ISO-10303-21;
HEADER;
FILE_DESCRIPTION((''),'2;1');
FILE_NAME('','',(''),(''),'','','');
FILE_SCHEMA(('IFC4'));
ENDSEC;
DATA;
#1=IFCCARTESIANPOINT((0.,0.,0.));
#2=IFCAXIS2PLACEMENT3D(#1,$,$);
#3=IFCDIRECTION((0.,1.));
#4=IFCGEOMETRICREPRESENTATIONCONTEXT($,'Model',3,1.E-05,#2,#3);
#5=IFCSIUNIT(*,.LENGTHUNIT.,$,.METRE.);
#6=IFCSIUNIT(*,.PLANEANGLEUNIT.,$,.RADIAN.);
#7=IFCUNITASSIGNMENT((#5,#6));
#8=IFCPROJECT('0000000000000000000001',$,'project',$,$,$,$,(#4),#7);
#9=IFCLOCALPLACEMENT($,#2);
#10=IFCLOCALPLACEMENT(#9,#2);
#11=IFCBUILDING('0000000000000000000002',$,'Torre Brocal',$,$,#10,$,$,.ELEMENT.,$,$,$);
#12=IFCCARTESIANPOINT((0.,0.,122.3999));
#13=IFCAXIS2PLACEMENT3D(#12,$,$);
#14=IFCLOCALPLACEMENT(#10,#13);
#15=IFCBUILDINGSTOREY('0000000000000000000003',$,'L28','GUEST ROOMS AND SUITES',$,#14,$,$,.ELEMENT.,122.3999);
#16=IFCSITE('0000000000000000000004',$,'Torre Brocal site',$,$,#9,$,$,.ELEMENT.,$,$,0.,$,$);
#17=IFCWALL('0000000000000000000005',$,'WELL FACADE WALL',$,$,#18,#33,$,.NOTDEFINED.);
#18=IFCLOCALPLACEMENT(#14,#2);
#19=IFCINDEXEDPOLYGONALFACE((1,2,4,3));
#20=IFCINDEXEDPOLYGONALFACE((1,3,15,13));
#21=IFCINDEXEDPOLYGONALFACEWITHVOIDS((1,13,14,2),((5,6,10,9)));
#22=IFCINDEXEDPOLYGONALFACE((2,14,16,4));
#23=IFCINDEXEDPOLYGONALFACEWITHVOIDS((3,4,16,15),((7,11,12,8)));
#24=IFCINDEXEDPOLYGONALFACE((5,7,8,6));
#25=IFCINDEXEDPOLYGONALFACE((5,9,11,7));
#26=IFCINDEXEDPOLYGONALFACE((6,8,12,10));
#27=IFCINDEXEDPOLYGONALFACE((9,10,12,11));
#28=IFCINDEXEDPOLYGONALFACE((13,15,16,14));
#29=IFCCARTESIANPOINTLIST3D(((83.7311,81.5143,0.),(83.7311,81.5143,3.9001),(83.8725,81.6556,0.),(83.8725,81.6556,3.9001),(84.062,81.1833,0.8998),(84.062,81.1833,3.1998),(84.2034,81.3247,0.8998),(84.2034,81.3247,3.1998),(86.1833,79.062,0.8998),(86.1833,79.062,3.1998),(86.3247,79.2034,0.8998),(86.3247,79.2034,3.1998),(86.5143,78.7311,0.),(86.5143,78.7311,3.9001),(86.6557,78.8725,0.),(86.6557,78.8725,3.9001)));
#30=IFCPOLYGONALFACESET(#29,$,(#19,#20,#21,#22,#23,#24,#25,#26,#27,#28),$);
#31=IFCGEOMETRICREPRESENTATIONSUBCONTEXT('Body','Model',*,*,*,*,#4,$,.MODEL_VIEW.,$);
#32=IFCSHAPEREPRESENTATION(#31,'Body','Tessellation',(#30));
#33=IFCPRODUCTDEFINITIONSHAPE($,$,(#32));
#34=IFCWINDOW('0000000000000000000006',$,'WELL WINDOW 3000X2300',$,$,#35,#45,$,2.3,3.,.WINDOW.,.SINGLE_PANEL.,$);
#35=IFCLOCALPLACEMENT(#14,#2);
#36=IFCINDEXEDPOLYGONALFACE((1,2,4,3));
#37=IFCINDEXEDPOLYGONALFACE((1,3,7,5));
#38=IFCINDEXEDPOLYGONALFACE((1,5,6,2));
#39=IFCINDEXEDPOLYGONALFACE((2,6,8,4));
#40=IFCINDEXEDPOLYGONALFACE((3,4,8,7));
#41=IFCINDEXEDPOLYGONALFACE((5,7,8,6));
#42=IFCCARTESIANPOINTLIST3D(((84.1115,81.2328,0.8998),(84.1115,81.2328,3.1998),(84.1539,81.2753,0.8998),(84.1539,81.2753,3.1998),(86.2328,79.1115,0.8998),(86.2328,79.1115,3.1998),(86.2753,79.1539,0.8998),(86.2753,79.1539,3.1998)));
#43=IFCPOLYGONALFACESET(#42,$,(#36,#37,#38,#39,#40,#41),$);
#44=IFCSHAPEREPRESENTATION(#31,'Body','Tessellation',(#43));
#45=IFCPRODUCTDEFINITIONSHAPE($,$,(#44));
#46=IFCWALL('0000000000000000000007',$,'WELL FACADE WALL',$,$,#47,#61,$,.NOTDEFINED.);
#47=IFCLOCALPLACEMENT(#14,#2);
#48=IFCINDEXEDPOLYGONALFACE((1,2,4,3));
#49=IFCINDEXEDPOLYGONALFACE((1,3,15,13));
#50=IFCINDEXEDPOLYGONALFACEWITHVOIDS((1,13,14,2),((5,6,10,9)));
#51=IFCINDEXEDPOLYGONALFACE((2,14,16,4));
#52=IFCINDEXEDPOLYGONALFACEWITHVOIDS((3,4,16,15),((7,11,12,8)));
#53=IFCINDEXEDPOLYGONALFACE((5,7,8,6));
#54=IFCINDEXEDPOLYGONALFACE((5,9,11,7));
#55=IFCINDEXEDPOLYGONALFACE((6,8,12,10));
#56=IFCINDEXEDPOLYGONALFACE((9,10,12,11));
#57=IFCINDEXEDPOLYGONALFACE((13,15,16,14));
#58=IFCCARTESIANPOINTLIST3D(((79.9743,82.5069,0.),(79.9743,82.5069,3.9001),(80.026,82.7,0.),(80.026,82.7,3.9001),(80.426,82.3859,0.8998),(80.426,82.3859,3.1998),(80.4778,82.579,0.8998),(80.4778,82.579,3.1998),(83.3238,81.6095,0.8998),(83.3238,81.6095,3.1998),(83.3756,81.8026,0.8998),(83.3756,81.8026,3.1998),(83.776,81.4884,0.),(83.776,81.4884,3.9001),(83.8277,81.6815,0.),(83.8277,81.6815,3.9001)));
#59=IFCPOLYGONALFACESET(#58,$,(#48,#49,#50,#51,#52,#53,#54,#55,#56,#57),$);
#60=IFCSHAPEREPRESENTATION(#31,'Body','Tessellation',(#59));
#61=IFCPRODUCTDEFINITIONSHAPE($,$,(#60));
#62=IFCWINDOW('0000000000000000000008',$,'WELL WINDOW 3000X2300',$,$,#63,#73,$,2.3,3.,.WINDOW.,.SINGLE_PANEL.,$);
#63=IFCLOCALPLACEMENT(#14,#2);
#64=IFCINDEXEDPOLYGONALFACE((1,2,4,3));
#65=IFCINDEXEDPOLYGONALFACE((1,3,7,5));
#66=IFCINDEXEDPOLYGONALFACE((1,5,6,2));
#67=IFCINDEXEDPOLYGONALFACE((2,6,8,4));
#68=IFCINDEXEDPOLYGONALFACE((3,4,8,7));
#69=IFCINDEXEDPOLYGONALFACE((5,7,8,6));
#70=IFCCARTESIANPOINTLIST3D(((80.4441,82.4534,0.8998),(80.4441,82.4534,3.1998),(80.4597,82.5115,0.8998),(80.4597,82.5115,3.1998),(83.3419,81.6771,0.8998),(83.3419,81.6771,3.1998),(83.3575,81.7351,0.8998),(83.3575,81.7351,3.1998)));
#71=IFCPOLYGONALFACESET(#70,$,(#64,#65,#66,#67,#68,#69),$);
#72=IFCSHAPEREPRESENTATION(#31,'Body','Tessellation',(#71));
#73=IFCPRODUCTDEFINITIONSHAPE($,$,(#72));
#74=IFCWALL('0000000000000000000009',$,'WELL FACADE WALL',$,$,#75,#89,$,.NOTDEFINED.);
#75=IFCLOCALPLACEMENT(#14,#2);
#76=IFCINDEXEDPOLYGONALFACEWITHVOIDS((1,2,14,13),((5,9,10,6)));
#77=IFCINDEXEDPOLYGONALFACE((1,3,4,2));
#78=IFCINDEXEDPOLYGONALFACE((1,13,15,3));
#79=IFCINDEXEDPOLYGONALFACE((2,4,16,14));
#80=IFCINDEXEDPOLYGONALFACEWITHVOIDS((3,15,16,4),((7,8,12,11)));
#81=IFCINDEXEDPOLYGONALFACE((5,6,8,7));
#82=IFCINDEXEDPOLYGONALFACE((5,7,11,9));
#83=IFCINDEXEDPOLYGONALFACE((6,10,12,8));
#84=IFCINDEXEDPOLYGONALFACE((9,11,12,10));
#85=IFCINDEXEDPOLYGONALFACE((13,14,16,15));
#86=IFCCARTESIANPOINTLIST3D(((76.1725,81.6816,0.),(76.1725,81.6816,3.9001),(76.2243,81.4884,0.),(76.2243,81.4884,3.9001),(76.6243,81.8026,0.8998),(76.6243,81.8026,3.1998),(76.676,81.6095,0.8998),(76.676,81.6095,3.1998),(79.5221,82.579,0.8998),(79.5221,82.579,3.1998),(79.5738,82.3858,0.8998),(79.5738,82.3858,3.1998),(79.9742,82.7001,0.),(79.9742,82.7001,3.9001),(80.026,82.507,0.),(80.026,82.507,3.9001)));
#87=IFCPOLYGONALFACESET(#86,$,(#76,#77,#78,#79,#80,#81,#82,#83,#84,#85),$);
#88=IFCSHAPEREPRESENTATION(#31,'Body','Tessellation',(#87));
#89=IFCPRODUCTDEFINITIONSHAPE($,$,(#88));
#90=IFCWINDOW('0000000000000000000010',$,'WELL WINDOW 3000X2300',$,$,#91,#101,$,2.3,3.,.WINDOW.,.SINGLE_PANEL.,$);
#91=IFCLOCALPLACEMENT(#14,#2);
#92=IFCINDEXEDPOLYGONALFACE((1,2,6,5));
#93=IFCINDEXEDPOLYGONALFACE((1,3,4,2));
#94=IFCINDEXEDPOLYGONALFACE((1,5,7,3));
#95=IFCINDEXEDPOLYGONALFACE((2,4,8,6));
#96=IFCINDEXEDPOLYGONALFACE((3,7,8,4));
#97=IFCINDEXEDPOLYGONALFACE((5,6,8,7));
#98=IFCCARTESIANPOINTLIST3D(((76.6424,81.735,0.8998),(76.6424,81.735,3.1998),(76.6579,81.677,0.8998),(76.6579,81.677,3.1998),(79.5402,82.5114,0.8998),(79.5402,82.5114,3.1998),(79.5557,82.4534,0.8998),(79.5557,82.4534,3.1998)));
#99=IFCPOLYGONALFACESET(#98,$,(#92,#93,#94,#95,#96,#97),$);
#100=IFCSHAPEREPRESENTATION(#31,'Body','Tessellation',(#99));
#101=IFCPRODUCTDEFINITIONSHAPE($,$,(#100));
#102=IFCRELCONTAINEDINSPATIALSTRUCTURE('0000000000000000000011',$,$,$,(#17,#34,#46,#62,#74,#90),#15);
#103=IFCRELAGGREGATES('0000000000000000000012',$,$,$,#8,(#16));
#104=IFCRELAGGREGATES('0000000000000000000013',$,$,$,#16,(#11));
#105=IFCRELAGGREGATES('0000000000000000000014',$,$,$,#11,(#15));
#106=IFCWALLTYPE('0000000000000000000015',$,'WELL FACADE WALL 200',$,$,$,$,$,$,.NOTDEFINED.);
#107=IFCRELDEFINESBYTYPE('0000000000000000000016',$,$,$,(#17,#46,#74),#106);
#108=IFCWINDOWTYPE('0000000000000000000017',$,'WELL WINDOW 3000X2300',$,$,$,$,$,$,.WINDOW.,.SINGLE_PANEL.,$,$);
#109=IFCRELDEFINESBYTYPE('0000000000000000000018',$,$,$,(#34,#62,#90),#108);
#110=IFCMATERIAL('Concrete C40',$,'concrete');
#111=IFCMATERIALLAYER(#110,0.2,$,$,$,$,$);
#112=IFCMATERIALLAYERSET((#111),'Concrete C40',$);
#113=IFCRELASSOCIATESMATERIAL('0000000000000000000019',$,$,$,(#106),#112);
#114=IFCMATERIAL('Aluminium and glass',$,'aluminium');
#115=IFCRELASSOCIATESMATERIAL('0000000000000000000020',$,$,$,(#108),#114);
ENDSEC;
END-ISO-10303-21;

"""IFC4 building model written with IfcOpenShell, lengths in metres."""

from ifc_helpers import new_model, si_unit, direction, frame, frame_2d, origin, place, context, subcontext, project, spatial, rectangle, extrude, material, layer, layer_set, type_object, element, fill, save


model = new_model("IFC4")

# Units and contexts
model_context = context("Model", 3, precision=1e-05, world=origin(), true_north=direction((0.0, 1.0)))
body_context = subcontext(model_context, "Body", "Model", "MODEL_VIEW")
ifc_project = project(units=[si_unit("LENGTHUNIT", "METRE"), si_unit("PLANEANGLEUNIT", "RADIAN")], contexts=[model_context])

# Site, building, storey
site_placement = place(None, origin())
site = spatial("IfcSite", under=ifc_project, at=site_placement, Name="Torre Brocal site", CompositionType="ELEMENT", RefElevation=0.0)
building_placement = place(site_placement, origin())
building = spatial("IfcBuilding", under=site, at=building_placement, Name="Torre Brocal", CompositionType="ELEMENT")
storey_placement = place(building_placement, frame((0.0, 0.0, 122.3999)))
storey = spatial("IfcBuildingStorey", under=building, at=storey_placement, Name="L28", Description="GUEST ROOMS AND SUITES", CompositionType="ELEMENT", Elevation=122.3999)

# Walls, openings, windows
ifc_material_1 = material(Name="Concrete C40", Category="concrete")
ifc_layer_1 = layer(ifc_material_1, 0.2)
ifc_layer_set_1 = layer_set([ifc_layer_1], Name="Concrete C40")
wall_type_1 = type_object("IfcWallType", Name="WELL FACADE WALL 200", PredefinedType="NOTDEFINED", material=ifc_layer_set_1)
ifc_material_2 = material(Name="Aluminium and glass", Category="aluminium")
window_type = type_object("IfcWindowType", Name="WELL WINDOW 3000X2300", PartitioningType="SINGLE_PANEL", PredefinedType="WINDOW", material=ifc_material_2)
wall_1_placement = place(storey_placement, frame((86.585, 78.8018, 0.0), z_axis=(0.0, 0.0, 1.0), x_axis=(-0.707107, 0.707107, 0.0)))
wall_1 = element("IfcWall", 1, at=wall_1_placement, inside=storey, type_object=wall_type_1, Name="WELL FACADE WALL", PredefinedType="NOTDEFINED", context=body_context, shape_type="SweptSolid", body=[
    extrude(rectangle(XDim=3.936, YDim=0.2, at=frame_2d((1.968, 0.0))), origin(), (0.0, 0.0, 1.0), 3.9001),
])
opening_1_placement = place(wall_1_placement, frame((0.468, 0.0, 0.8999)))
opening_1 = element("IfcOpeningElement", 2, at=opening_1_placement, cuts=wall_1, PredefinedType="OPENING", context=body_context, shape_type="SweptSolid", body=[
    extrude(rectangle(XDim=3.0, YDim=2.3, at=frame_2d((1.5, 1.1499))), frame((0.0, 0.1099, 0.0), z_axis=(0.0, -1.0, 0.0), x_axis=(1.0, 0.0, 0.0)), (0.0, 0.0, 1.0), 0.22),
])
window_1_placement = place(opening_1_placement, origin())
window_1 = element("IfcWindow", 3, at=window_1_placement, inside=storey, type_object=window_type, Name="WELL WINDOW 3000X2300", OverallHeight=2.3, OverallWidth=3.0, PartitioningType="SINGLE_PANEL", PredefinedType="WINDOW", context=body_context, shape_type="SweptSolid", body=[
    extrude(rectangle(XDim=3.0, YDim=2.3, at=frame_2d((1.5, 1.1499))), frame((0.0, 0.03, 0.0), z_axis=(0.0, -1.0, 0.0), x_axis=(1.0, 0.0, 0.0)), (0.0, 0.0, 1.0), 0.0601),
])
fill(opening_1, window_1)
wall_2_placement = place(storey_placement, frame((83.8018, 81.585, 0.0), z_axis=(0.0, 0.0, 1.0), x_axis=(-0.965934, 0.25879, 0.0)))
wall_2 = element("IfcWall", 4, at=wall_2_placement, inside=storey, type_object=wall_type_1, Name="WELL FACADE WALL", PredefinedType="NOTDEFINED", context=body_context, shape_type="SweptSolid", body=[
    extrude(rectangle(XDim=3.9358, YDim=0.2, at=frame_2d((1.9678, 0.0))), origin(), (0.0, 0.0, 1.0), 3.9001),
])
opening_2_placement = place(wall_2_placement, frame((0.468, 0.0, 0.8999)))
opening_2 = element("IfcOpeningElement", 5, at=opening_2_placement, cuts=wall_2, PredefinedType="OPENING", context=body_context, shape_type="SweptSolid", body=[
    extrude(rectangle(XDim=3.0, YDim=2.3, at=frame_2d((1.5, 1.1499))), frame((0.0, 0.1099, 0.0), z_axis=(0.0, -1.0, 0.0), x_axis=(1.0, 0.0, 0.0)), (0.0, 0.0, 1.0), 0.22),
])
window_2_placement = place(opening_2_placement, origin())
window_2 = element("IfcWindow", 6, at=window_2_placement, inside=storey, type_object=window_type, Name="WELL WINDOW 3000X2300", OverallHeight=2.3, OverallWidth=3.0, PartitioningType="SINGLE_PANEL", PredefinedType="WINDOW", context=body_context, shape_type="SweptSolid", body=[
    extrude(rectangle(XDim=3.0, YDim=2.3, at=frame_2d((1.5, 1.1499))), frame((0.0, 0.03, 0.0), z_axis=(0.0, -1.0, 0.0), x_axis=(1.0, 0.0, 0.0)), (0.0, 0.0, 1.0), 0.0601),
])
fill(opening_2, window_2)
wall_3_placement = place(storey_placement, frame((80.0, 82.6035, 0.0), z_axis=(0.0, 0.0, 1.0), x_axis=(-0.965934, -0.25879, 0.0)))
wall_3 = element("IfcWall", 7, at=wall_3_placement, inside=storey, type_object=wall_type_1, Name="WELL FACADE WALL", PredefinedType="NOTDEFINED", context=body_context, shape_type="SweptSolid", body=[
    extrude(rectangle(XDim=3.9358, YDim=0.2, at=frame_2d((1.9678, 0.0))), origin(), (0.0, 0.0, 1.0), 3.9001),
])
opening_3_placement = place(wall_3_placement, frame((0.468, 0.0, 0.8999)))
opening_3 = element("IfcOpeningElement", 8, at=opening_3_placement, cuts=wall_3, PredefinedType="OPENING", context=body_context, shape_type="SweptSolid", body=[
    extrude(rectangle(XDim=3.0, YDim=2.3, at=frame_2d((1.5, 1.1499))), frame((0.0, 0.1099, 0.0), z_axis=(0.0, -1.0, 0.0), x_axis=(1.0, 0.0, 0.0)), (0.0, 0.0, 1.0), 0.22),
])
window_3_placement = place(opening_3_placement, origin())
window_3 = element("IfcWindow", 9, at=window_3_placement, inside=storey, type_object=window_type, Name="WELL WINDOW 3000X2300", OverallHeight=2.3, OverallWidth=3.0, PartitioningType="SINGLE_PANEL", PredefinedType="WINDOW", context=body_context, shape_type="SweptSolid", body=[
    extrude(rectangle(XDim=3.0, YDim=2.3, at=frame_2d((1.5, 1.1499))), frame((0.0, 0.03, 0.0), z_axis=(0.0, -1.0, 0.0), x_axis=(1.0, 0.0, 0.0)), (0.0, 0.0, 1.0), 0.0601),
])
fill(opening_3, window_3)

save(model, "model.ifc")
